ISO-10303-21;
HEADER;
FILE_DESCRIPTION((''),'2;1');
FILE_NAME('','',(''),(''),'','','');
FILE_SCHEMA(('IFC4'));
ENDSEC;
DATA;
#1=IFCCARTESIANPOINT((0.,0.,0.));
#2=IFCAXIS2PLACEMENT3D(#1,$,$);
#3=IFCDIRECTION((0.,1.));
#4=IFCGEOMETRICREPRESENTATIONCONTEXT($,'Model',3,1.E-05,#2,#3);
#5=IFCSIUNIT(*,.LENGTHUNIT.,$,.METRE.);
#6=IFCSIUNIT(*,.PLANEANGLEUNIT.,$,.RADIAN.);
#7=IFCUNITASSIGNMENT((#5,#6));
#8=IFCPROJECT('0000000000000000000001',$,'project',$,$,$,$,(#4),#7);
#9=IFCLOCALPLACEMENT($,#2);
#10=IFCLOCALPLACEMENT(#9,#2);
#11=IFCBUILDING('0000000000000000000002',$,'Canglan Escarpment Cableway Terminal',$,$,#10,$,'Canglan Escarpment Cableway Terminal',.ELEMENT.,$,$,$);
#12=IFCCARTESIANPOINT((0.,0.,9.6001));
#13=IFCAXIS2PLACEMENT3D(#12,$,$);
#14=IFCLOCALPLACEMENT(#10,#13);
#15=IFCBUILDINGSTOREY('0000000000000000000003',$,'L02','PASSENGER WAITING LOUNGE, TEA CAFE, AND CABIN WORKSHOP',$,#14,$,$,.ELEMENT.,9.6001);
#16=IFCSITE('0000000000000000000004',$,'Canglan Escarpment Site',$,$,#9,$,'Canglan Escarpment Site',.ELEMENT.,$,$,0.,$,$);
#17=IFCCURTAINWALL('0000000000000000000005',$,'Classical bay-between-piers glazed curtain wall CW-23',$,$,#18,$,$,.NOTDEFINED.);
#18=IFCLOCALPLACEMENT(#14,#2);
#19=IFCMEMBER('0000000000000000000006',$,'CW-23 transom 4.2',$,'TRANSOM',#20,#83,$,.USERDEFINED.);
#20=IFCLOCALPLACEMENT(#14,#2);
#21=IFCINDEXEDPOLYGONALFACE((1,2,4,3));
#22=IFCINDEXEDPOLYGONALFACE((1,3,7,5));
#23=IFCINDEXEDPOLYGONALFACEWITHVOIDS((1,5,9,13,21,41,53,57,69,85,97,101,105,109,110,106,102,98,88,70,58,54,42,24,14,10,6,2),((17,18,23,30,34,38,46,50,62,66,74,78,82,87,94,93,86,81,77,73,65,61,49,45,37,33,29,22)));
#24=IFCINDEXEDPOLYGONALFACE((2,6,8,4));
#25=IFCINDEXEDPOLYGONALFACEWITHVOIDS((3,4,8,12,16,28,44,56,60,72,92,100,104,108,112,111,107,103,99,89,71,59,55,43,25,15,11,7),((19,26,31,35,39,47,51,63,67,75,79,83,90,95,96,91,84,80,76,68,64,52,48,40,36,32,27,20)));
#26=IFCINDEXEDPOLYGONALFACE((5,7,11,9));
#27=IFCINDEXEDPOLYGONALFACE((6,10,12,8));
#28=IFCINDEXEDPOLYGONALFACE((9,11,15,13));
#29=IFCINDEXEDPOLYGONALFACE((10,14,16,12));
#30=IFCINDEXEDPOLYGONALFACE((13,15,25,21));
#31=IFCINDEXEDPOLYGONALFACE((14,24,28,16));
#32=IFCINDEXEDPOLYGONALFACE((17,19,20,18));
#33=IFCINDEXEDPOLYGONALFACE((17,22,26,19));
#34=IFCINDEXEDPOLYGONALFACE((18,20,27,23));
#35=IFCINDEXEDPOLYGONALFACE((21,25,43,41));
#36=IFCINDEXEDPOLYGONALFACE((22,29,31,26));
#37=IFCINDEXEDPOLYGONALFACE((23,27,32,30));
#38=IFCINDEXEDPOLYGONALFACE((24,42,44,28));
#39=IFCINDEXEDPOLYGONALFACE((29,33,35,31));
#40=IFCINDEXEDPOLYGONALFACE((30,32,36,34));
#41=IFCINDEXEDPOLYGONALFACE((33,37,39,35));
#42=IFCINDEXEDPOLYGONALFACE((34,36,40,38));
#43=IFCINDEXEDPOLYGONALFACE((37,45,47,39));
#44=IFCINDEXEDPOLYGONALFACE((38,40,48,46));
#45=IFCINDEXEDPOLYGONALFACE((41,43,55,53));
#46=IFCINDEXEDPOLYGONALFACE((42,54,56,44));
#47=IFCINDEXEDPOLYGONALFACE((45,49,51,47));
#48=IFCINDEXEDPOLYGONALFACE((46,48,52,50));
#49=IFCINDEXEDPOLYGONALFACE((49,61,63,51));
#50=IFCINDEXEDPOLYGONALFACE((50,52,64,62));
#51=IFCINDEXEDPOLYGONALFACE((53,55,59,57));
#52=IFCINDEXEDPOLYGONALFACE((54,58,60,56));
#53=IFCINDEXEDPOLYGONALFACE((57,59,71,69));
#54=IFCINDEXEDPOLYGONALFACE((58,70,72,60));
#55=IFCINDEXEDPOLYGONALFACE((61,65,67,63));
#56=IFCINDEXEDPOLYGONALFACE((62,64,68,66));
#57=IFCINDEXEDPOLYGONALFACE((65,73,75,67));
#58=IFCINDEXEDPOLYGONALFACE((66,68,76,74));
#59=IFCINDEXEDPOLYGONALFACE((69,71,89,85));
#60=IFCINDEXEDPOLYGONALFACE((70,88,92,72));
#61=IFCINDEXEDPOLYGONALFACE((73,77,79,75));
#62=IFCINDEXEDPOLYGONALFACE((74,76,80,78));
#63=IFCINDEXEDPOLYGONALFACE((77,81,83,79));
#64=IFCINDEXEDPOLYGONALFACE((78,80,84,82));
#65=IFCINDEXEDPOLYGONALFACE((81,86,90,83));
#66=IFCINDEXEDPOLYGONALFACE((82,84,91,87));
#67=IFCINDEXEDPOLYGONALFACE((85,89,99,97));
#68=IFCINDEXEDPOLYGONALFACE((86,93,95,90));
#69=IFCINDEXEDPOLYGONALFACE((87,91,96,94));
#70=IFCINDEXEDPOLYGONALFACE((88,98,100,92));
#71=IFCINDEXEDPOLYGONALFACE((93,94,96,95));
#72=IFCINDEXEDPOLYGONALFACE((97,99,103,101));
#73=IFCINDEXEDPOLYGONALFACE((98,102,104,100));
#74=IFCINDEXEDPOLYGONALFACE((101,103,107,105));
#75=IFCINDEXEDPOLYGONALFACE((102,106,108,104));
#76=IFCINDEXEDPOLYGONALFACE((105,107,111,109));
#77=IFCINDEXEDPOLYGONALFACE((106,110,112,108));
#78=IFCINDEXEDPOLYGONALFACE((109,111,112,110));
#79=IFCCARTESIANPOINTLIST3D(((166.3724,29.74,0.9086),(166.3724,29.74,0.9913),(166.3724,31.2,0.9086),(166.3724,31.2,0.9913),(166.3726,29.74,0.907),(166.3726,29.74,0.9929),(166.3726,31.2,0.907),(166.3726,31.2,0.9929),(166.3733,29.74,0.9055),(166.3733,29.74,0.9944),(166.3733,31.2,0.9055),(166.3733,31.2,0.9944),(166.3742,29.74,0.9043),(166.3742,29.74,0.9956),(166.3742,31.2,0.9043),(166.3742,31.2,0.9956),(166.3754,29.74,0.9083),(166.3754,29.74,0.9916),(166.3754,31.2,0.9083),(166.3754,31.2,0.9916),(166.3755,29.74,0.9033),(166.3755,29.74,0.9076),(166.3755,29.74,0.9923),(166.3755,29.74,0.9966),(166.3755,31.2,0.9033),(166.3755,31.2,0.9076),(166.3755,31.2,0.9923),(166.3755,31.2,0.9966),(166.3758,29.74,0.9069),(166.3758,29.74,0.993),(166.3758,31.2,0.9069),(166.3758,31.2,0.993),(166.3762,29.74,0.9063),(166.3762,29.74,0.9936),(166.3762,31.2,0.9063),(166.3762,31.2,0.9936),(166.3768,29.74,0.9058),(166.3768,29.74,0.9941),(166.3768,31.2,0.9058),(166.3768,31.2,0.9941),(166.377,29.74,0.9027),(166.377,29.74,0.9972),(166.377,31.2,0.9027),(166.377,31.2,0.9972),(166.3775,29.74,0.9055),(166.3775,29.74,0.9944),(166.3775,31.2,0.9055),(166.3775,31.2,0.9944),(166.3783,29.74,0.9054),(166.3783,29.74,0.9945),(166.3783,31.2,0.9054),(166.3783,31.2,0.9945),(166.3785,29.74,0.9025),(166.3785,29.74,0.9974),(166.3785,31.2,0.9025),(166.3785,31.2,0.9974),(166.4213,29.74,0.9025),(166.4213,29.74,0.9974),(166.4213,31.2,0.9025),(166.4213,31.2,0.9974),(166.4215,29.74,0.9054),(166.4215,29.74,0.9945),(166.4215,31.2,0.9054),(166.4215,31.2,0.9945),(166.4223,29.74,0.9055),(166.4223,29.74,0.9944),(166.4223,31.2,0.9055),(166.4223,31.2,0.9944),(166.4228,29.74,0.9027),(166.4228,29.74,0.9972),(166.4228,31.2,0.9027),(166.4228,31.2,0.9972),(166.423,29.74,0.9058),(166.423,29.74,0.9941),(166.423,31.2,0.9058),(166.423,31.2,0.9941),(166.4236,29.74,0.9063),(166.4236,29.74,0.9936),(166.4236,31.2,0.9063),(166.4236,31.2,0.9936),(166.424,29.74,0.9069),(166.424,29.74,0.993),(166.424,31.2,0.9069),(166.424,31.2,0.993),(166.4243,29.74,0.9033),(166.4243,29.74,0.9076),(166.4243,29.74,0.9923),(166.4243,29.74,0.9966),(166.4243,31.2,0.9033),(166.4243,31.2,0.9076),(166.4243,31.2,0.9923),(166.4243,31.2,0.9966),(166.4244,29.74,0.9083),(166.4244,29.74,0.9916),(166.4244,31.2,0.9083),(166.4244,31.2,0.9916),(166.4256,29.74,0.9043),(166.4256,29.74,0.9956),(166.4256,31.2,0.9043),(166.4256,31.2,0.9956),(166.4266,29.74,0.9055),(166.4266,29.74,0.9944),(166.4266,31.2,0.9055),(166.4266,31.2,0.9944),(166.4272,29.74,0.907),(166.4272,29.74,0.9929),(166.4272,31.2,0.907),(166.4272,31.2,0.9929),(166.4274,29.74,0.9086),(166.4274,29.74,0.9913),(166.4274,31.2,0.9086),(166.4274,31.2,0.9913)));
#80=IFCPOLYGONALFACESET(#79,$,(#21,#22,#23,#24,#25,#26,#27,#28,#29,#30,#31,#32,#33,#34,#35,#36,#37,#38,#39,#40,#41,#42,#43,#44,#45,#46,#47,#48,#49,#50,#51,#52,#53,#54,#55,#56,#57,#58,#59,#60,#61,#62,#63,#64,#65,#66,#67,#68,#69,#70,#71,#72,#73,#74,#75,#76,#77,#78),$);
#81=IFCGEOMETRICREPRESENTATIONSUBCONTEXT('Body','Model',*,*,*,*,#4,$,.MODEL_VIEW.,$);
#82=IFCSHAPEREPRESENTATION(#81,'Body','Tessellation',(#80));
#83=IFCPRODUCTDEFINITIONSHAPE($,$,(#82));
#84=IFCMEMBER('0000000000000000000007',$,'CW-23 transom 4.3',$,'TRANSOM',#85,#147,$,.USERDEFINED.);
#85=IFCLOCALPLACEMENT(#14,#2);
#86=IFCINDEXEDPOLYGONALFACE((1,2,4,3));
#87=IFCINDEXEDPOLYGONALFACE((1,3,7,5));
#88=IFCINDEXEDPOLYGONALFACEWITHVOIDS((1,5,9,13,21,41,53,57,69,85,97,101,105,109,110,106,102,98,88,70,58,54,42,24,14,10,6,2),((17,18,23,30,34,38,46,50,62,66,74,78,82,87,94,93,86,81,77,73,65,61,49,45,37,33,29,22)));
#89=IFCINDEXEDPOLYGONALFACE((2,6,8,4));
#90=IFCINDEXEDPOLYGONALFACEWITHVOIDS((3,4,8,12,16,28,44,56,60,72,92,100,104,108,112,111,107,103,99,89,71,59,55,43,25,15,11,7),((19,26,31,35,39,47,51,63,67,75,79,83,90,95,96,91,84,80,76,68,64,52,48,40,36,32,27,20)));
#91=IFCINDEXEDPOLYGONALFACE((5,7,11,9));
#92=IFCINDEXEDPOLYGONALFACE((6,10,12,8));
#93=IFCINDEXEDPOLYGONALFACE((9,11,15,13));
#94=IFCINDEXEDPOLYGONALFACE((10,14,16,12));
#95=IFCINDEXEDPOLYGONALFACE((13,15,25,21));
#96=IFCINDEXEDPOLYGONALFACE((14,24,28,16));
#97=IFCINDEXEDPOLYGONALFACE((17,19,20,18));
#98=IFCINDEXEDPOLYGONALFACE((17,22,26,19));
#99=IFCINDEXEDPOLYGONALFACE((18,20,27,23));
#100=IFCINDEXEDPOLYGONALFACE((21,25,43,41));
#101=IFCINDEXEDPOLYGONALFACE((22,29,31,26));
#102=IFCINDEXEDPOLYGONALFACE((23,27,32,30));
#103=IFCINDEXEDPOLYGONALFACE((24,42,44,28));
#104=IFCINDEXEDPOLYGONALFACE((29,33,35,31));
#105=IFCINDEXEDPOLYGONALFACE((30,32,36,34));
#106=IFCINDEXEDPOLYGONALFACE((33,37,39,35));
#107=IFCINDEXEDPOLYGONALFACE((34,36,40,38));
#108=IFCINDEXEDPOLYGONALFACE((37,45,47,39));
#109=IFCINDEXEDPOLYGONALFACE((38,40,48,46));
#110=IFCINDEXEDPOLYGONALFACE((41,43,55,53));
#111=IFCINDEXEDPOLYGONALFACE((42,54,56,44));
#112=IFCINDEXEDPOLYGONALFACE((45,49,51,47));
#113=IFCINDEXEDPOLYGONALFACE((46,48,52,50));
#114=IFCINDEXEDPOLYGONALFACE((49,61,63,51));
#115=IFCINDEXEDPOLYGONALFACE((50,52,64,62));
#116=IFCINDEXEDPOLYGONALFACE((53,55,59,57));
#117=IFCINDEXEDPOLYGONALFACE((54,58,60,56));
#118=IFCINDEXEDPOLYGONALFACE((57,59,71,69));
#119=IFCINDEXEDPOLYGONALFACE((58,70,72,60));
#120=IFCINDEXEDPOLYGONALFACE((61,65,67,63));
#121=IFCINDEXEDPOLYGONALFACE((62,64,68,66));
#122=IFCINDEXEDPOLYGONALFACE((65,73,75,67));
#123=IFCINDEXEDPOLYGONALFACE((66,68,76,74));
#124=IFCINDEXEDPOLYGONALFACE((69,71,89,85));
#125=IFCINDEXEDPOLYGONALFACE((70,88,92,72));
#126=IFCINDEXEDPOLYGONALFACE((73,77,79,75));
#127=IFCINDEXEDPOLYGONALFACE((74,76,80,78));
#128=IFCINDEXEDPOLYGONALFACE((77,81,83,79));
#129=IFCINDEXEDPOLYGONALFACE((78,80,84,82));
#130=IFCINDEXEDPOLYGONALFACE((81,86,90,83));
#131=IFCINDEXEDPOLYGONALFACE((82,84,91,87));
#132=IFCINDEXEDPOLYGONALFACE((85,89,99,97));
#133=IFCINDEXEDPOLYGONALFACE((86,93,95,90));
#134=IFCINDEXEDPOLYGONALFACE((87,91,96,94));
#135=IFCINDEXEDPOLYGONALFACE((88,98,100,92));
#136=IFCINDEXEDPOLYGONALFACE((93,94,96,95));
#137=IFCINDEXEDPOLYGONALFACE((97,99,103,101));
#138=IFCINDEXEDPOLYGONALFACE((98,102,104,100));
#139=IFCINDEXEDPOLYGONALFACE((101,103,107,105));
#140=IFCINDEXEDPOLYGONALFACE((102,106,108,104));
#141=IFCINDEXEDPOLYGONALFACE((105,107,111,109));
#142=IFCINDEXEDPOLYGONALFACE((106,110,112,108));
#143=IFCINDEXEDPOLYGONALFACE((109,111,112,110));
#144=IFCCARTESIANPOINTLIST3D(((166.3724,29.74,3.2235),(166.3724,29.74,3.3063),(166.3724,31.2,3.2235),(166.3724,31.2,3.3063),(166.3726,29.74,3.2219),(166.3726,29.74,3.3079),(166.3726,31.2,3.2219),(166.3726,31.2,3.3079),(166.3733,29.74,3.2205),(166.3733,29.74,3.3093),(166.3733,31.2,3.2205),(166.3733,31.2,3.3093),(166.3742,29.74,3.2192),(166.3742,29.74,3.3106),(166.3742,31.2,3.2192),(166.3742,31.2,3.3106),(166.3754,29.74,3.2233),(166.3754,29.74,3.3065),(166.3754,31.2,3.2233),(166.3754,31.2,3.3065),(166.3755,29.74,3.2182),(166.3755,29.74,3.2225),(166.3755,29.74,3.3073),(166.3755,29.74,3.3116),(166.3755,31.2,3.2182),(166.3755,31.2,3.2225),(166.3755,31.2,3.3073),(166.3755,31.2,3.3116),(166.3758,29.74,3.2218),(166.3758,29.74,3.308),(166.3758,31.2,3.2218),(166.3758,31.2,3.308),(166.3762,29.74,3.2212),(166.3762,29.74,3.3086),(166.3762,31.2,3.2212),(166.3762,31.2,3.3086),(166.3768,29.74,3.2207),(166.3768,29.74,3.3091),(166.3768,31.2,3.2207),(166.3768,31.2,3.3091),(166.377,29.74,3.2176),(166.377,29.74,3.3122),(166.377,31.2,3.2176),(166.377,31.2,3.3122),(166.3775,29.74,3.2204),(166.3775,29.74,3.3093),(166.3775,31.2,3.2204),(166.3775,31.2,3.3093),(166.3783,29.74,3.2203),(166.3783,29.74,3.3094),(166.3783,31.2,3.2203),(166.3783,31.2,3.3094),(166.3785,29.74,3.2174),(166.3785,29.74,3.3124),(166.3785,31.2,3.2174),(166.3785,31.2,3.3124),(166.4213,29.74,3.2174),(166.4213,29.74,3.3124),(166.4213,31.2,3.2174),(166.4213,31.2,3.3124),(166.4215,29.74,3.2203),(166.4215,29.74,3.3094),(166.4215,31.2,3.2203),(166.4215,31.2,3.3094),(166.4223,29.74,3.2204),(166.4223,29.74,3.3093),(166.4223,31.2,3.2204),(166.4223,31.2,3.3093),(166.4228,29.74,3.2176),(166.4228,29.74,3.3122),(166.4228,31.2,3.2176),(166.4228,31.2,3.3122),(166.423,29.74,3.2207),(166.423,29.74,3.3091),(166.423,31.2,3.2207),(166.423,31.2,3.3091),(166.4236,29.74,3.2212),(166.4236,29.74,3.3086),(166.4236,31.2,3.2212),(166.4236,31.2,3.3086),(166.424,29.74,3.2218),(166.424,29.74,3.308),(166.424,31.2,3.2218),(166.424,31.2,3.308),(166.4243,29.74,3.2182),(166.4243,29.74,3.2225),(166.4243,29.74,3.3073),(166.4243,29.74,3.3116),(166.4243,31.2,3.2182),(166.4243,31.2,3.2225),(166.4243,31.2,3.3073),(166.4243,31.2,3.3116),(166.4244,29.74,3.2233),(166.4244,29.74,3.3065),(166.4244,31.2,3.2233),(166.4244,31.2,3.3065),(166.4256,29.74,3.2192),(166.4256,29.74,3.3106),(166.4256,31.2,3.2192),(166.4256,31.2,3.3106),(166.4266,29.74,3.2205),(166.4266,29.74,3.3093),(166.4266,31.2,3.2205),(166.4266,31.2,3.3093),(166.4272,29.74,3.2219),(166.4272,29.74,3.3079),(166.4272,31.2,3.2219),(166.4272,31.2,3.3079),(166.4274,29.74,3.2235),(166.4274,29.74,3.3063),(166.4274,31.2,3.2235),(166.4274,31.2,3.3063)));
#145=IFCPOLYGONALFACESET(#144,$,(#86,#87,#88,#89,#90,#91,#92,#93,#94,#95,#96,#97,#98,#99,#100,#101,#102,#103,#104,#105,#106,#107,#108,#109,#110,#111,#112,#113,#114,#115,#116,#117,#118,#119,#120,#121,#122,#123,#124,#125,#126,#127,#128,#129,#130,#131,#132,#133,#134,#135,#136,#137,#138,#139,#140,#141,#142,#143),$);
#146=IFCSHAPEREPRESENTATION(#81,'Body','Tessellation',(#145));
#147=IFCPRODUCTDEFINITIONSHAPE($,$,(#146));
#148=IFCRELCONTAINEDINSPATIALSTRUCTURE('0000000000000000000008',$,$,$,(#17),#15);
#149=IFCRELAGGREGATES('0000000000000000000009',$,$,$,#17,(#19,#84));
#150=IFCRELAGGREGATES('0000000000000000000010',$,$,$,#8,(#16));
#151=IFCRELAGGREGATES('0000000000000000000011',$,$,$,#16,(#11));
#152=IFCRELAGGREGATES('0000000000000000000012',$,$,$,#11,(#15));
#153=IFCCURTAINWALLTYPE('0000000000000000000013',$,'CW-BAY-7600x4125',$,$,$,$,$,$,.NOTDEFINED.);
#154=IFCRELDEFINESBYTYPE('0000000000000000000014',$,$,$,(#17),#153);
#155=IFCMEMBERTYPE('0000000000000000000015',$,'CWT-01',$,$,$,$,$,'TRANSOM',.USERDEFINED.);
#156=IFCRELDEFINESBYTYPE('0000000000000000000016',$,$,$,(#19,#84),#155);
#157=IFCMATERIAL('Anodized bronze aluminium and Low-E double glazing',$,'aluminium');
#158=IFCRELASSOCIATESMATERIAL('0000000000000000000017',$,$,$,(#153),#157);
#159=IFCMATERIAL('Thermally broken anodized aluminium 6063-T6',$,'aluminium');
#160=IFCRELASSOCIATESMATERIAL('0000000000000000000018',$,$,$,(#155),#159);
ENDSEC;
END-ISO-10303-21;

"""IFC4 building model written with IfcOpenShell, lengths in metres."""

from ifc_helpers import new_model, si_unit, direction, frame, origin, origin_2d, place, context, subcontext, project, spatial, hollow_rectangle, extrude, material, material_profile, profile_set, type_object, element, aggregate, save


model = new_model("IFC4")

# Units and contexts
model_context = context("Model", 3, precision=1e-05, world=origin(), true_north=direction((0.0, 1.0)))
body_context = subcontext(model_context, "Body", "Model", "MODEL_VIEW")
ifc_project = project(units=[si_unit("LENGTHUNIT", "METRE"), si_unit("PLANEANGLEUNIT", "RADIAN")], contexts=[model_context])

# Site, building, storey
site_placement = place(None, origin())
site = spatial("IfcSite", under=ifc_project, at=site_placement, Name="Canglan Escarpment Site", LongName="Canglan Escarpment Site", CompositionType="ELEMENT", RefElevation=0.0)
building_placement = place(site_placement, origin())
building = spatial("IfcBuilding", under=site, at=building_placement, Name="Canglan Escarpment Cableway Terminal", LongName="Canglan Escarpment Cableway Terminal", CompositionType="ELEMENT")
storey_placement = place(building_placement, frame((0.0, 0.0, 9.6001)))
storey = spatial("IfcBuildingStorey", under=building, at=storey_placement, Name="L02", Description="PASSENGER WAITING LOUNGE, TEA CAFE, AND CABIN WORKSHOP", CompositionType="ELEMENT", Elevation=9.6001)

# Curtain wall, members
ifc_material_1 = material(Name="Anodized bronze aluminium and Low-E double glazing", Category="aluminium")
curtain_wall_type = type_object("IfcCurtainWallType", Name="CW-BAY-7600x4125", PredefinedType="NOTDEFINED", material=ifc_material_1)
curtain_wall_placement = place(storey_placement, origin())
curtain_wall = element("IfcCurtainWall", 1, at=curtain_wall_placement, inside=storey, type_object=curtain_wall_type, Name="Classical bay-between-piers glazed curtain wall CW-23", PredefinedType="NOTDEFINED")
ifc_material_2 = material(Name="Thermally broken anodized aluminium 6063-T6", Category="aluminium")
ifc_material_profile_1 = material_profile(ifc_material_2, hollow_rectangle(XDim=0.0549, YDim=0.095, WallThickness=0.0029, InnerFilletRadius=0.0029, OuterFilletRadius=0.0061, at=origin_2d()), Name="ALU-TRAN 55x95x3")
ifc_profile_set_1 = profile_set([ifc_material_profile_1], Name="Thermally broken anodized aluminium 6063-T6")
member_type_1 = type_object("IfcMemberType", Name="CWT-01", ElementType="TRANSOM", PredefinedType="USERDEFINED", material=ifc_profile_set_1)
member_1_placement = place(storey_placement, frame((166.3999, 29.74, 0.95), z_axis=(0.0, 1.0, 0.0), x_axis=(-1.0, 0.0, 0.0)))
member_1 = element("IfcMember", 2, at=member_1_placement, type_object=member_type_1, Name="CW-23 transom 4.2", ObjectType="TRANSOM", PredefinedType="USERDEFINED", context=body_context, shape_type="SweptSolid", body=[
    extrude(hollow_rectangle(XDim=0.0549, YDim=0.095, WallThickness=0.0029, InnerFilletRadius=0.0029, OuterFilletRadius=0.0061, at=origin_2d()), origin(), (0.0, 0.0, 1.0), 1.46),
])
member_2_placement = place(storey_placement, frame((166.3999, 29.74, 3.2649), z_axis=(0.0, 1.0, 0.0), x_axis=(-1.0, 0.0, 0.0)))
member_2 = element("IfcMember", 3, at=member_2_placement, type_object=member_type_1, Name="CW-23 transom 4.3", ObjectType="TRANSOM", PredefinedType="USERDEFINED", context=body_context, shape_type="SweptSolid", body=[
    extrude(hollow_rectangle(XDim=0.0549, YDim=0.095, WallThickness=0.0029, InnerFilletRadius=0.0029, OuterFilletRadius=0.0061, at=origin_2d()), origin(), (0.0, 0.0, 1.0), 1.46),
])

aggregate(curtain_wall, [member_1, member_2])

save(model, "model.ifc")
